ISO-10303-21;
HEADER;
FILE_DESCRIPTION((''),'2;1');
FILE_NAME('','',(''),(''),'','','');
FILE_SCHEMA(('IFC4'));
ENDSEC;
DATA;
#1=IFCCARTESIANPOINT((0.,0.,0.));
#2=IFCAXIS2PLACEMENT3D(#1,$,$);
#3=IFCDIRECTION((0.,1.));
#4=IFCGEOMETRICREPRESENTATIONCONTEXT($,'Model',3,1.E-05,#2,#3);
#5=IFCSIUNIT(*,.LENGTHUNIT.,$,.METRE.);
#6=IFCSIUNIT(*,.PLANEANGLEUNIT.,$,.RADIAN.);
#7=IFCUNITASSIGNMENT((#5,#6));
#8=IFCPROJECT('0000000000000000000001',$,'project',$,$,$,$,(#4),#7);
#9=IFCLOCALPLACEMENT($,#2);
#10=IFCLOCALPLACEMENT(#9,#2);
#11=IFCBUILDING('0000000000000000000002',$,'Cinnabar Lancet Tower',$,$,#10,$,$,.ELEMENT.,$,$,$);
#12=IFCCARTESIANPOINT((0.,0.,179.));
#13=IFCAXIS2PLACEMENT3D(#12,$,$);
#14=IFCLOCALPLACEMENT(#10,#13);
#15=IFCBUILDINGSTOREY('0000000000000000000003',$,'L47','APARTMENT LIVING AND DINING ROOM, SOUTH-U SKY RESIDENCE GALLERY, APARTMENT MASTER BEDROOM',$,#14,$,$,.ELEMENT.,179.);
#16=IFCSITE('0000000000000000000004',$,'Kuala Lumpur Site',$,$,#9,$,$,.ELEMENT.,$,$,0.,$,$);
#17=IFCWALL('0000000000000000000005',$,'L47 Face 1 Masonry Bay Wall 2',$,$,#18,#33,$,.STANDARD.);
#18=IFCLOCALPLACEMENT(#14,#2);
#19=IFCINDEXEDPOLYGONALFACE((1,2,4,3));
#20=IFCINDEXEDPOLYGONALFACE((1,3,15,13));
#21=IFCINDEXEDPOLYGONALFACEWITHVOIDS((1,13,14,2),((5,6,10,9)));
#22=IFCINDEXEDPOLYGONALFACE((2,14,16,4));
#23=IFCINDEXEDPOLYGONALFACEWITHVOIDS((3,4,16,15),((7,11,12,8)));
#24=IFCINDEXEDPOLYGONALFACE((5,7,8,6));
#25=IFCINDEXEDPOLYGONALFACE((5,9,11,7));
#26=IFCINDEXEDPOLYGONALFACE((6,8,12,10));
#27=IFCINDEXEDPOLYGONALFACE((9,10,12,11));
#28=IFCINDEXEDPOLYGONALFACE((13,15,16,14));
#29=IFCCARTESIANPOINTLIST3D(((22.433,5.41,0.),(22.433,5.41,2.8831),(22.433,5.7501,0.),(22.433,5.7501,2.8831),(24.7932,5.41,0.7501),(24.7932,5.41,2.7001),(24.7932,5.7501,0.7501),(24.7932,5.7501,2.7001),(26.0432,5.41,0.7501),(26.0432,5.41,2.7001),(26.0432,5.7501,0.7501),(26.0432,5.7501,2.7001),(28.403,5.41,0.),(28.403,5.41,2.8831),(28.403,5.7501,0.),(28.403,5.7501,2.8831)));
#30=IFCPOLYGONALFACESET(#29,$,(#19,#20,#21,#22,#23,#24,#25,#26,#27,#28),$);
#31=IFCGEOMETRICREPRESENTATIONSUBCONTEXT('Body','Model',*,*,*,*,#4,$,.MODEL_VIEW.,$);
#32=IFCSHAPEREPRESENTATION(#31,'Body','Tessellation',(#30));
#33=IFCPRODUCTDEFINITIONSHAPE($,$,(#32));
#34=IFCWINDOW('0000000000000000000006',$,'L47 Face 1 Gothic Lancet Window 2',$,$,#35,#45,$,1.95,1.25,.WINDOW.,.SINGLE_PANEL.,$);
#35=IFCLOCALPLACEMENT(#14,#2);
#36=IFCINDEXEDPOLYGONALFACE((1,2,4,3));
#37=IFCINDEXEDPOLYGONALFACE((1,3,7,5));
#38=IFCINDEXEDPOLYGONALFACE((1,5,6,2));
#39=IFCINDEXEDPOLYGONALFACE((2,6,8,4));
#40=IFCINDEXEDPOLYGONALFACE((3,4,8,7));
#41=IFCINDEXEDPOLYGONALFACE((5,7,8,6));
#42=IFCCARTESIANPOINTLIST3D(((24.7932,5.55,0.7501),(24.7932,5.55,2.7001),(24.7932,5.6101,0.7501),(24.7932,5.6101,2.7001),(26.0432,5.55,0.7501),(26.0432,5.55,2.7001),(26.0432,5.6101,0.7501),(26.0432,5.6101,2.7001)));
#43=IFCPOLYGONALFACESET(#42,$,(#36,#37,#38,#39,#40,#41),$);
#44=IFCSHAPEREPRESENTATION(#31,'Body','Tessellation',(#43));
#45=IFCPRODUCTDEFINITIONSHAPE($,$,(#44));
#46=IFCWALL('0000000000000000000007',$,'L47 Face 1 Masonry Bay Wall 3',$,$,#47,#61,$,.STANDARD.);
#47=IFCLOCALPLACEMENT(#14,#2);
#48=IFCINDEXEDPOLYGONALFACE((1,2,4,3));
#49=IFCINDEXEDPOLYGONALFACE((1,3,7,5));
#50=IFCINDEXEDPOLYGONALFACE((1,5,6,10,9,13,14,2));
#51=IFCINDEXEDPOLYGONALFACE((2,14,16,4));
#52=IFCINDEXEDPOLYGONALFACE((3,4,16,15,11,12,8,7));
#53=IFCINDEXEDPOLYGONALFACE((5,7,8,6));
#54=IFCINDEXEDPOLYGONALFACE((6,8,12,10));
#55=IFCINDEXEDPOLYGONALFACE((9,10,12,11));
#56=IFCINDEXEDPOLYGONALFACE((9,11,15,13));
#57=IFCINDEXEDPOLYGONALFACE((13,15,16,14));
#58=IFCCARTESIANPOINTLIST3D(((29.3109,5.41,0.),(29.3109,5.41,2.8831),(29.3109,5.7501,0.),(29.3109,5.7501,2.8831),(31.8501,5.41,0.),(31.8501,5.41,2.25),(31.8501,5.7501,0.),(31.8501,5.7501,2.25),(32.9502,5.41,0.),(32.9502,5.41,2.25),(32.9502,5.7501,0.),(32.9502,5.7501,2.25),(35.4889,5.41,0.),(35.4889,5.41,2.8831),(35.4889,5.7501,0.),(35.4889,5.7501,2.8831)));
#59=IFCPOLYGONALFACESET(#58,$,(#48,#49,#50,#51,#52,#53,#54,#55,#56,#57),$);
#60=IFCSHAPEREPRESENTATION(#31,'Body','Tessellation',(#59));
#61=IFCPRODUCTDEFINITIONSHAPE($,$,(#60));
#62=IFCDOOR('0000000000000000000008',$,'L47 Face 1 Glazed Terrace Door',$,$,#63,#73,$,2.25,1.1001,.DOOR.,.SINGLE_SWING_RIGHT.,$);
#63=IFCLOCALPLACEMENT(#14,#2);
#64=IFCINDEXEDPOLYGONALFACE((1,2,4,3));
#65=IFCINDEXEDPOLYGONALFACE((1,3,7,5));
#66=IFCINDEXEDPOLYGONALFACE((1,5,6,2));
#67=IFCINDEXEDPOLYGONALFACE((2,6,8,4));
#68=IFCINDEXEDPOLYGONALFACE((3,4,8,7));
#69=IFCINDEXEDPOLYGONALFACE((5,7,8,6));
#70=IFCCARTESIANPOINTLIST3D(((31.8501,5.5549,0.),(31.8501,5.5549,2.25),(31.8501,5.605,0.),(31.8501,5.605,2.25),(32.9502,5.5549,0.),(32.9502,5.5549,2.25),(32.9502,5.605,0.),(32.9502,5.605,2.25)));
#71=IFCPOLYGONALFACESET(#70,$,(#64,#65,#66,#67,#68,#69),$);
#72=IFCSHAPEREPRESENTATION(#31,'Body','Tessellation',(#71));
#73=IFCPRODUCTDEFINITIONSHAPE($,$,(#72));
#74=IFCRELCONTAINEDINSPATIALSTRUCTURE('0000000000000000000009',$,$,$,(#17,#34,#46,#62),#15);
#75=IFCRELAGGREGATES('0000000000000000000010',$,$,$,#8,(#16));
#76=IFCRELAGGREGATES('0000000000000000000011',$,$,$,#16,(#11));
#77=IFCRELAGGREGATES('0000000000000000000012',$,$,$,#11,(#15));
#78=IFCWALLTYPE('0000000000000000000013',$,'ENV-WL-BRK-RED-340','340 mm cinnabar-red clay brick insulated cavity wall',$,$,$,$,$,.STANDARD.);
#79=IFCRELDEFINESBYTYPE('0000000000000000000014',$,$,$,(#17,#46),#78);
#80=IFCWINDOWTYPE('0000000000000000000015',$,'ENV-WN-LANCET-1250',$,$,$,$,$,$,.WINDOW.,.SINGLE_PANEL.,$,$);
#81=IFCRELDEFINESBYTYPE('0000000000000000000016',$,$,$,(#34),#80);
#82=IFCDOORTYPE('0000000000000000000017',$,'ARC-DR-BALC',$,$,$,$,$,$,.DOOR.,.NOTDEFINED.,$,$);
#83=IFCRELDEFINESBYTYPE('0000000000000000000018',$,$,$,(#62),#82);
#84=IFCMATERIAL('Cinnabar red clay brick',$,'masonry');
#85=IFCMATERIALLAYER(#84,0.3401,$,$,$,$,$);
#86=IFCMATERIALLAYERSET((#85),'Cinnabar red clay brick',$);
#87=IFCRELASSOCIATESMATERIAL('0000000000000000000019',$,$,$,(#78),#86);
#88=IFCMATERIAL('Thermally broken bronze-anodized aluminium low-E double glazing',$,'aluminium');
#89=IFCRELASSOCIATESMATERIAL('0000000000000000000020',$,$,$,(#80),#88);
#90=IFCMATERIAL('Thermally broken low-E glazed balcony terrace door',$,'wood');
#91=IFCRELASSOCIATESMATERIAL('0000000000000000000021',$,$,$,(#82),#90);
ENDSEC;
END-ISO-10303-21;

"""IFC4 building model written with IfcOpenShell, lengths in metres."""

from ifc_helpers import new_model, si_unit, direction, frame, frame_2d, origin, place, context, subcontext, project, spatial, rectangle, extrude, material, layer, layer_set, type_object, element, fill, save


model = new_model("IFC4")

# Units and contexts
model_context = context("Model", 3, precision=1e-05, world=origin(), true_north=direction((0.0, 1.0)))
body_context = subcontext(model_context, "Body", "Model", "MODEL_VIEW")
ifc_project = project(units=[si_unit("LENGTHUNIT", "METRE"), si_unit("PLANEANGLEUNIT", "RADIAN")], contexts=[model_context])

# Site, building, storey
site_placement = place(None, origin())
site = spatial("IfcSite", under=ifc_project, at=site_placement, Name="Kuala Lumpur Site", CompositionType="ELEMENT", RefElevation=0.0)
building_placement = place(site_placement, origin())
building = spatial("IfcBuilding", under=site, at=building_placement, Name="Cinnabar Lancet Tower", CompositionType="ELEMENT")
storey_placement = place(building_placement, frame((0.0, 0.0, 179.0)))
storey = spatial("IfcBuildingStorey", under=building, at=storey_placement, Name="L47", Description="APARTMENT LIVING AND DINING ROOM, SOUTH-U SKY RESIDENCE GALLERY, APARTMENT MASTER BEDROOM", CompositionType="ELEMENT", Elevation=179.0)

# Shared definitions
ifc_material_1 = material(Name="Cinnabar red clay brick", Category="masonry")
ifc_layer_1 = layer(ifc_material_1, 0.3401)
ifc_layer_set_1 = layer_set([ifc_layer_1], Name="Cinnabar red clay brick")
wall_type_1 = type_object("IfcWallType", Name="ENV-WL-BRK-RED-340", Description="340 mm cinnabar-red clay brick insulated cavity wall", PredefinedType="STANDARD", material=ifc_layer_set_1)

# Wall, opening, window
wall_1_placement = place(storey_placement, frame((22.4331, 5.5801, 0.0), z_axis=(0.0, 0.0, 1.0), x_axis=(1.0, 0.0, 0.0)))
wall_1 = element("IfcWall", 1, at=wall_1_placement, inside=storey, type_object=wall_type_1, Name="L47 Face 1 Masonry Bay Wall 2", PredefinedType="STANDARD", context=body_context, shape_type="SweptSolid", body=[
    extrude(rectangle(XDim=5.97, YDim=0.3401, at=frame_2d((2.9849, 0.0))), origin(), (0.0, 0.0, 1.0), 2.8831),
])
opening_1_placement = place(wall_1_placement, frame((2.3601, 0.0, 0.75)))
opening_1 = element("IfcOpeningElement", 2, at=opening_1_placement, cuts=wall_1, PredefinedType="OPENING", context=body_context, shape_type="SweptSolid", body=[
    extrude(rectangle(XDim=1.25, YDim=1.95, at=frame_2d((0.625, 0.9751))), frame((0.0, 0.1799, 0.0), z_axis=(0.0, -1.0, 0.0), x_axis=(1.0, 0.0, 0.0)), (0.0, 0.0, 1.0), 0.3601),
])
ifc_material_2 = material(Name="Thermally broken bronze-anodized aluminium low-E double glazing", Category="aluminium")
window_type = type_object("IfcWindowType", Name="ENV-WN-LANCET-1250", PartitioningType="SINGLE_PANEL", PredefinedType="WINDOW", material=ifc_material_2)
window_placement = place(opening_1_placement, origin())
window = element("IfcWindow", 3, at=window_placement, inside=storey, type_object=window_type, Name="L47 Face 1 Gothic Lancet Window 2", OverallHeight=1.95, OverallWidth=1.25, PartitioningType="SINGLE_PANEL", PredefinedType="WINDOW", context=body_context, shape_type="SweptSolid", body=[
    extrude(rectangle(XDim=1.25, YDim=1.95, at=frame_2d((0.625, 0.9751))), frame((0.0, 0.03, 0.0), z_axis=(0.0, -1.0, 0.0), x_axis=(1.0, 0.0, 0.0)), (0.0, 0.0, 1.0), 0.0601),
])
fill(opening_1, window)

# Wall, opening, door
wall_2_placement = place(storey_placement, frame((29.311, 5.5801, 0.0), z_axis=(0.0, 0.0, 1.0), x_axis=(1.0, 0.0, 0.0)))
wall_2 = element("IfcWall", 4, at=wall_2_placement, inside=storey, type_object=wall_type_1, Name="L47 Face 1 Masonry Bay Wall 3", PredefinedType="STANDARD", context=body_context, shape_type="SweptSolid", body=[
    extrude(rectangle(XDim=6.178, YDim=0.3401, at=frame_2d((3.0889, 0.0))), origin(), (0.0, 0.0, 1.0), 2.8831),
])
opening_2_placement = place(wall_2_placement, frame((2.5391, 0.0, 0.0)))
opening_2 = element("IfcOpeningElement", 5, at=opening_2_placement, cuts=wall_2, PredefinedType="OPENING", context=body_context, shape_type="SweptSolid", body=[
    extrude(rectangle(XDim=1.1001, YDim=2.25, at=frame_2d((0.55, 1.125))), frame((0.0, 0.1799, 0.0), z_axis=(0.0, -1.0, 0.0), x_axis=(1.0, 0.0, 0.0)), (0.0, 0.0, 1.0), 0.3601),
])
ifc_material_3 = material(Name="Thermally broken low-E glazed balcony terrace door", Category="wood")
door_type_1 = type_object("IfcDoorType", Name="ARC-DR-BALC", OperationType="NOTDEFINED", PredefinedType="DOOR", material=ifc_material_3)
door_1_placement = place(opening_2_placement, origin())
door_1 = element("IfcDoor", 6, at=door_1_placement, inside=storey, type_object=door_type_1, Name="L47 Face 1 Glazed Terrace Door", OperationType="SINGLE_SWING_RIGHT", OverallHeight=2.25, OverallWidth=1.1001, PredefinedType="DOOR", context=body_context, shape_type="SweptSolid", body=[
    extrude(rectangle(XDim=1.1001, YDim=2.25, at=frame_2d((0.55, 1.125))), frame((0.0, 0.0249, 0.0), z_axis=(0.0, -1.0, 0.0), x_axis=(1.0, 0.0, 0.0)), (0.0, 0.0, 1.0), 0.05),
])
fill(opening_2, door_1)

save(model, "model.ifc")
